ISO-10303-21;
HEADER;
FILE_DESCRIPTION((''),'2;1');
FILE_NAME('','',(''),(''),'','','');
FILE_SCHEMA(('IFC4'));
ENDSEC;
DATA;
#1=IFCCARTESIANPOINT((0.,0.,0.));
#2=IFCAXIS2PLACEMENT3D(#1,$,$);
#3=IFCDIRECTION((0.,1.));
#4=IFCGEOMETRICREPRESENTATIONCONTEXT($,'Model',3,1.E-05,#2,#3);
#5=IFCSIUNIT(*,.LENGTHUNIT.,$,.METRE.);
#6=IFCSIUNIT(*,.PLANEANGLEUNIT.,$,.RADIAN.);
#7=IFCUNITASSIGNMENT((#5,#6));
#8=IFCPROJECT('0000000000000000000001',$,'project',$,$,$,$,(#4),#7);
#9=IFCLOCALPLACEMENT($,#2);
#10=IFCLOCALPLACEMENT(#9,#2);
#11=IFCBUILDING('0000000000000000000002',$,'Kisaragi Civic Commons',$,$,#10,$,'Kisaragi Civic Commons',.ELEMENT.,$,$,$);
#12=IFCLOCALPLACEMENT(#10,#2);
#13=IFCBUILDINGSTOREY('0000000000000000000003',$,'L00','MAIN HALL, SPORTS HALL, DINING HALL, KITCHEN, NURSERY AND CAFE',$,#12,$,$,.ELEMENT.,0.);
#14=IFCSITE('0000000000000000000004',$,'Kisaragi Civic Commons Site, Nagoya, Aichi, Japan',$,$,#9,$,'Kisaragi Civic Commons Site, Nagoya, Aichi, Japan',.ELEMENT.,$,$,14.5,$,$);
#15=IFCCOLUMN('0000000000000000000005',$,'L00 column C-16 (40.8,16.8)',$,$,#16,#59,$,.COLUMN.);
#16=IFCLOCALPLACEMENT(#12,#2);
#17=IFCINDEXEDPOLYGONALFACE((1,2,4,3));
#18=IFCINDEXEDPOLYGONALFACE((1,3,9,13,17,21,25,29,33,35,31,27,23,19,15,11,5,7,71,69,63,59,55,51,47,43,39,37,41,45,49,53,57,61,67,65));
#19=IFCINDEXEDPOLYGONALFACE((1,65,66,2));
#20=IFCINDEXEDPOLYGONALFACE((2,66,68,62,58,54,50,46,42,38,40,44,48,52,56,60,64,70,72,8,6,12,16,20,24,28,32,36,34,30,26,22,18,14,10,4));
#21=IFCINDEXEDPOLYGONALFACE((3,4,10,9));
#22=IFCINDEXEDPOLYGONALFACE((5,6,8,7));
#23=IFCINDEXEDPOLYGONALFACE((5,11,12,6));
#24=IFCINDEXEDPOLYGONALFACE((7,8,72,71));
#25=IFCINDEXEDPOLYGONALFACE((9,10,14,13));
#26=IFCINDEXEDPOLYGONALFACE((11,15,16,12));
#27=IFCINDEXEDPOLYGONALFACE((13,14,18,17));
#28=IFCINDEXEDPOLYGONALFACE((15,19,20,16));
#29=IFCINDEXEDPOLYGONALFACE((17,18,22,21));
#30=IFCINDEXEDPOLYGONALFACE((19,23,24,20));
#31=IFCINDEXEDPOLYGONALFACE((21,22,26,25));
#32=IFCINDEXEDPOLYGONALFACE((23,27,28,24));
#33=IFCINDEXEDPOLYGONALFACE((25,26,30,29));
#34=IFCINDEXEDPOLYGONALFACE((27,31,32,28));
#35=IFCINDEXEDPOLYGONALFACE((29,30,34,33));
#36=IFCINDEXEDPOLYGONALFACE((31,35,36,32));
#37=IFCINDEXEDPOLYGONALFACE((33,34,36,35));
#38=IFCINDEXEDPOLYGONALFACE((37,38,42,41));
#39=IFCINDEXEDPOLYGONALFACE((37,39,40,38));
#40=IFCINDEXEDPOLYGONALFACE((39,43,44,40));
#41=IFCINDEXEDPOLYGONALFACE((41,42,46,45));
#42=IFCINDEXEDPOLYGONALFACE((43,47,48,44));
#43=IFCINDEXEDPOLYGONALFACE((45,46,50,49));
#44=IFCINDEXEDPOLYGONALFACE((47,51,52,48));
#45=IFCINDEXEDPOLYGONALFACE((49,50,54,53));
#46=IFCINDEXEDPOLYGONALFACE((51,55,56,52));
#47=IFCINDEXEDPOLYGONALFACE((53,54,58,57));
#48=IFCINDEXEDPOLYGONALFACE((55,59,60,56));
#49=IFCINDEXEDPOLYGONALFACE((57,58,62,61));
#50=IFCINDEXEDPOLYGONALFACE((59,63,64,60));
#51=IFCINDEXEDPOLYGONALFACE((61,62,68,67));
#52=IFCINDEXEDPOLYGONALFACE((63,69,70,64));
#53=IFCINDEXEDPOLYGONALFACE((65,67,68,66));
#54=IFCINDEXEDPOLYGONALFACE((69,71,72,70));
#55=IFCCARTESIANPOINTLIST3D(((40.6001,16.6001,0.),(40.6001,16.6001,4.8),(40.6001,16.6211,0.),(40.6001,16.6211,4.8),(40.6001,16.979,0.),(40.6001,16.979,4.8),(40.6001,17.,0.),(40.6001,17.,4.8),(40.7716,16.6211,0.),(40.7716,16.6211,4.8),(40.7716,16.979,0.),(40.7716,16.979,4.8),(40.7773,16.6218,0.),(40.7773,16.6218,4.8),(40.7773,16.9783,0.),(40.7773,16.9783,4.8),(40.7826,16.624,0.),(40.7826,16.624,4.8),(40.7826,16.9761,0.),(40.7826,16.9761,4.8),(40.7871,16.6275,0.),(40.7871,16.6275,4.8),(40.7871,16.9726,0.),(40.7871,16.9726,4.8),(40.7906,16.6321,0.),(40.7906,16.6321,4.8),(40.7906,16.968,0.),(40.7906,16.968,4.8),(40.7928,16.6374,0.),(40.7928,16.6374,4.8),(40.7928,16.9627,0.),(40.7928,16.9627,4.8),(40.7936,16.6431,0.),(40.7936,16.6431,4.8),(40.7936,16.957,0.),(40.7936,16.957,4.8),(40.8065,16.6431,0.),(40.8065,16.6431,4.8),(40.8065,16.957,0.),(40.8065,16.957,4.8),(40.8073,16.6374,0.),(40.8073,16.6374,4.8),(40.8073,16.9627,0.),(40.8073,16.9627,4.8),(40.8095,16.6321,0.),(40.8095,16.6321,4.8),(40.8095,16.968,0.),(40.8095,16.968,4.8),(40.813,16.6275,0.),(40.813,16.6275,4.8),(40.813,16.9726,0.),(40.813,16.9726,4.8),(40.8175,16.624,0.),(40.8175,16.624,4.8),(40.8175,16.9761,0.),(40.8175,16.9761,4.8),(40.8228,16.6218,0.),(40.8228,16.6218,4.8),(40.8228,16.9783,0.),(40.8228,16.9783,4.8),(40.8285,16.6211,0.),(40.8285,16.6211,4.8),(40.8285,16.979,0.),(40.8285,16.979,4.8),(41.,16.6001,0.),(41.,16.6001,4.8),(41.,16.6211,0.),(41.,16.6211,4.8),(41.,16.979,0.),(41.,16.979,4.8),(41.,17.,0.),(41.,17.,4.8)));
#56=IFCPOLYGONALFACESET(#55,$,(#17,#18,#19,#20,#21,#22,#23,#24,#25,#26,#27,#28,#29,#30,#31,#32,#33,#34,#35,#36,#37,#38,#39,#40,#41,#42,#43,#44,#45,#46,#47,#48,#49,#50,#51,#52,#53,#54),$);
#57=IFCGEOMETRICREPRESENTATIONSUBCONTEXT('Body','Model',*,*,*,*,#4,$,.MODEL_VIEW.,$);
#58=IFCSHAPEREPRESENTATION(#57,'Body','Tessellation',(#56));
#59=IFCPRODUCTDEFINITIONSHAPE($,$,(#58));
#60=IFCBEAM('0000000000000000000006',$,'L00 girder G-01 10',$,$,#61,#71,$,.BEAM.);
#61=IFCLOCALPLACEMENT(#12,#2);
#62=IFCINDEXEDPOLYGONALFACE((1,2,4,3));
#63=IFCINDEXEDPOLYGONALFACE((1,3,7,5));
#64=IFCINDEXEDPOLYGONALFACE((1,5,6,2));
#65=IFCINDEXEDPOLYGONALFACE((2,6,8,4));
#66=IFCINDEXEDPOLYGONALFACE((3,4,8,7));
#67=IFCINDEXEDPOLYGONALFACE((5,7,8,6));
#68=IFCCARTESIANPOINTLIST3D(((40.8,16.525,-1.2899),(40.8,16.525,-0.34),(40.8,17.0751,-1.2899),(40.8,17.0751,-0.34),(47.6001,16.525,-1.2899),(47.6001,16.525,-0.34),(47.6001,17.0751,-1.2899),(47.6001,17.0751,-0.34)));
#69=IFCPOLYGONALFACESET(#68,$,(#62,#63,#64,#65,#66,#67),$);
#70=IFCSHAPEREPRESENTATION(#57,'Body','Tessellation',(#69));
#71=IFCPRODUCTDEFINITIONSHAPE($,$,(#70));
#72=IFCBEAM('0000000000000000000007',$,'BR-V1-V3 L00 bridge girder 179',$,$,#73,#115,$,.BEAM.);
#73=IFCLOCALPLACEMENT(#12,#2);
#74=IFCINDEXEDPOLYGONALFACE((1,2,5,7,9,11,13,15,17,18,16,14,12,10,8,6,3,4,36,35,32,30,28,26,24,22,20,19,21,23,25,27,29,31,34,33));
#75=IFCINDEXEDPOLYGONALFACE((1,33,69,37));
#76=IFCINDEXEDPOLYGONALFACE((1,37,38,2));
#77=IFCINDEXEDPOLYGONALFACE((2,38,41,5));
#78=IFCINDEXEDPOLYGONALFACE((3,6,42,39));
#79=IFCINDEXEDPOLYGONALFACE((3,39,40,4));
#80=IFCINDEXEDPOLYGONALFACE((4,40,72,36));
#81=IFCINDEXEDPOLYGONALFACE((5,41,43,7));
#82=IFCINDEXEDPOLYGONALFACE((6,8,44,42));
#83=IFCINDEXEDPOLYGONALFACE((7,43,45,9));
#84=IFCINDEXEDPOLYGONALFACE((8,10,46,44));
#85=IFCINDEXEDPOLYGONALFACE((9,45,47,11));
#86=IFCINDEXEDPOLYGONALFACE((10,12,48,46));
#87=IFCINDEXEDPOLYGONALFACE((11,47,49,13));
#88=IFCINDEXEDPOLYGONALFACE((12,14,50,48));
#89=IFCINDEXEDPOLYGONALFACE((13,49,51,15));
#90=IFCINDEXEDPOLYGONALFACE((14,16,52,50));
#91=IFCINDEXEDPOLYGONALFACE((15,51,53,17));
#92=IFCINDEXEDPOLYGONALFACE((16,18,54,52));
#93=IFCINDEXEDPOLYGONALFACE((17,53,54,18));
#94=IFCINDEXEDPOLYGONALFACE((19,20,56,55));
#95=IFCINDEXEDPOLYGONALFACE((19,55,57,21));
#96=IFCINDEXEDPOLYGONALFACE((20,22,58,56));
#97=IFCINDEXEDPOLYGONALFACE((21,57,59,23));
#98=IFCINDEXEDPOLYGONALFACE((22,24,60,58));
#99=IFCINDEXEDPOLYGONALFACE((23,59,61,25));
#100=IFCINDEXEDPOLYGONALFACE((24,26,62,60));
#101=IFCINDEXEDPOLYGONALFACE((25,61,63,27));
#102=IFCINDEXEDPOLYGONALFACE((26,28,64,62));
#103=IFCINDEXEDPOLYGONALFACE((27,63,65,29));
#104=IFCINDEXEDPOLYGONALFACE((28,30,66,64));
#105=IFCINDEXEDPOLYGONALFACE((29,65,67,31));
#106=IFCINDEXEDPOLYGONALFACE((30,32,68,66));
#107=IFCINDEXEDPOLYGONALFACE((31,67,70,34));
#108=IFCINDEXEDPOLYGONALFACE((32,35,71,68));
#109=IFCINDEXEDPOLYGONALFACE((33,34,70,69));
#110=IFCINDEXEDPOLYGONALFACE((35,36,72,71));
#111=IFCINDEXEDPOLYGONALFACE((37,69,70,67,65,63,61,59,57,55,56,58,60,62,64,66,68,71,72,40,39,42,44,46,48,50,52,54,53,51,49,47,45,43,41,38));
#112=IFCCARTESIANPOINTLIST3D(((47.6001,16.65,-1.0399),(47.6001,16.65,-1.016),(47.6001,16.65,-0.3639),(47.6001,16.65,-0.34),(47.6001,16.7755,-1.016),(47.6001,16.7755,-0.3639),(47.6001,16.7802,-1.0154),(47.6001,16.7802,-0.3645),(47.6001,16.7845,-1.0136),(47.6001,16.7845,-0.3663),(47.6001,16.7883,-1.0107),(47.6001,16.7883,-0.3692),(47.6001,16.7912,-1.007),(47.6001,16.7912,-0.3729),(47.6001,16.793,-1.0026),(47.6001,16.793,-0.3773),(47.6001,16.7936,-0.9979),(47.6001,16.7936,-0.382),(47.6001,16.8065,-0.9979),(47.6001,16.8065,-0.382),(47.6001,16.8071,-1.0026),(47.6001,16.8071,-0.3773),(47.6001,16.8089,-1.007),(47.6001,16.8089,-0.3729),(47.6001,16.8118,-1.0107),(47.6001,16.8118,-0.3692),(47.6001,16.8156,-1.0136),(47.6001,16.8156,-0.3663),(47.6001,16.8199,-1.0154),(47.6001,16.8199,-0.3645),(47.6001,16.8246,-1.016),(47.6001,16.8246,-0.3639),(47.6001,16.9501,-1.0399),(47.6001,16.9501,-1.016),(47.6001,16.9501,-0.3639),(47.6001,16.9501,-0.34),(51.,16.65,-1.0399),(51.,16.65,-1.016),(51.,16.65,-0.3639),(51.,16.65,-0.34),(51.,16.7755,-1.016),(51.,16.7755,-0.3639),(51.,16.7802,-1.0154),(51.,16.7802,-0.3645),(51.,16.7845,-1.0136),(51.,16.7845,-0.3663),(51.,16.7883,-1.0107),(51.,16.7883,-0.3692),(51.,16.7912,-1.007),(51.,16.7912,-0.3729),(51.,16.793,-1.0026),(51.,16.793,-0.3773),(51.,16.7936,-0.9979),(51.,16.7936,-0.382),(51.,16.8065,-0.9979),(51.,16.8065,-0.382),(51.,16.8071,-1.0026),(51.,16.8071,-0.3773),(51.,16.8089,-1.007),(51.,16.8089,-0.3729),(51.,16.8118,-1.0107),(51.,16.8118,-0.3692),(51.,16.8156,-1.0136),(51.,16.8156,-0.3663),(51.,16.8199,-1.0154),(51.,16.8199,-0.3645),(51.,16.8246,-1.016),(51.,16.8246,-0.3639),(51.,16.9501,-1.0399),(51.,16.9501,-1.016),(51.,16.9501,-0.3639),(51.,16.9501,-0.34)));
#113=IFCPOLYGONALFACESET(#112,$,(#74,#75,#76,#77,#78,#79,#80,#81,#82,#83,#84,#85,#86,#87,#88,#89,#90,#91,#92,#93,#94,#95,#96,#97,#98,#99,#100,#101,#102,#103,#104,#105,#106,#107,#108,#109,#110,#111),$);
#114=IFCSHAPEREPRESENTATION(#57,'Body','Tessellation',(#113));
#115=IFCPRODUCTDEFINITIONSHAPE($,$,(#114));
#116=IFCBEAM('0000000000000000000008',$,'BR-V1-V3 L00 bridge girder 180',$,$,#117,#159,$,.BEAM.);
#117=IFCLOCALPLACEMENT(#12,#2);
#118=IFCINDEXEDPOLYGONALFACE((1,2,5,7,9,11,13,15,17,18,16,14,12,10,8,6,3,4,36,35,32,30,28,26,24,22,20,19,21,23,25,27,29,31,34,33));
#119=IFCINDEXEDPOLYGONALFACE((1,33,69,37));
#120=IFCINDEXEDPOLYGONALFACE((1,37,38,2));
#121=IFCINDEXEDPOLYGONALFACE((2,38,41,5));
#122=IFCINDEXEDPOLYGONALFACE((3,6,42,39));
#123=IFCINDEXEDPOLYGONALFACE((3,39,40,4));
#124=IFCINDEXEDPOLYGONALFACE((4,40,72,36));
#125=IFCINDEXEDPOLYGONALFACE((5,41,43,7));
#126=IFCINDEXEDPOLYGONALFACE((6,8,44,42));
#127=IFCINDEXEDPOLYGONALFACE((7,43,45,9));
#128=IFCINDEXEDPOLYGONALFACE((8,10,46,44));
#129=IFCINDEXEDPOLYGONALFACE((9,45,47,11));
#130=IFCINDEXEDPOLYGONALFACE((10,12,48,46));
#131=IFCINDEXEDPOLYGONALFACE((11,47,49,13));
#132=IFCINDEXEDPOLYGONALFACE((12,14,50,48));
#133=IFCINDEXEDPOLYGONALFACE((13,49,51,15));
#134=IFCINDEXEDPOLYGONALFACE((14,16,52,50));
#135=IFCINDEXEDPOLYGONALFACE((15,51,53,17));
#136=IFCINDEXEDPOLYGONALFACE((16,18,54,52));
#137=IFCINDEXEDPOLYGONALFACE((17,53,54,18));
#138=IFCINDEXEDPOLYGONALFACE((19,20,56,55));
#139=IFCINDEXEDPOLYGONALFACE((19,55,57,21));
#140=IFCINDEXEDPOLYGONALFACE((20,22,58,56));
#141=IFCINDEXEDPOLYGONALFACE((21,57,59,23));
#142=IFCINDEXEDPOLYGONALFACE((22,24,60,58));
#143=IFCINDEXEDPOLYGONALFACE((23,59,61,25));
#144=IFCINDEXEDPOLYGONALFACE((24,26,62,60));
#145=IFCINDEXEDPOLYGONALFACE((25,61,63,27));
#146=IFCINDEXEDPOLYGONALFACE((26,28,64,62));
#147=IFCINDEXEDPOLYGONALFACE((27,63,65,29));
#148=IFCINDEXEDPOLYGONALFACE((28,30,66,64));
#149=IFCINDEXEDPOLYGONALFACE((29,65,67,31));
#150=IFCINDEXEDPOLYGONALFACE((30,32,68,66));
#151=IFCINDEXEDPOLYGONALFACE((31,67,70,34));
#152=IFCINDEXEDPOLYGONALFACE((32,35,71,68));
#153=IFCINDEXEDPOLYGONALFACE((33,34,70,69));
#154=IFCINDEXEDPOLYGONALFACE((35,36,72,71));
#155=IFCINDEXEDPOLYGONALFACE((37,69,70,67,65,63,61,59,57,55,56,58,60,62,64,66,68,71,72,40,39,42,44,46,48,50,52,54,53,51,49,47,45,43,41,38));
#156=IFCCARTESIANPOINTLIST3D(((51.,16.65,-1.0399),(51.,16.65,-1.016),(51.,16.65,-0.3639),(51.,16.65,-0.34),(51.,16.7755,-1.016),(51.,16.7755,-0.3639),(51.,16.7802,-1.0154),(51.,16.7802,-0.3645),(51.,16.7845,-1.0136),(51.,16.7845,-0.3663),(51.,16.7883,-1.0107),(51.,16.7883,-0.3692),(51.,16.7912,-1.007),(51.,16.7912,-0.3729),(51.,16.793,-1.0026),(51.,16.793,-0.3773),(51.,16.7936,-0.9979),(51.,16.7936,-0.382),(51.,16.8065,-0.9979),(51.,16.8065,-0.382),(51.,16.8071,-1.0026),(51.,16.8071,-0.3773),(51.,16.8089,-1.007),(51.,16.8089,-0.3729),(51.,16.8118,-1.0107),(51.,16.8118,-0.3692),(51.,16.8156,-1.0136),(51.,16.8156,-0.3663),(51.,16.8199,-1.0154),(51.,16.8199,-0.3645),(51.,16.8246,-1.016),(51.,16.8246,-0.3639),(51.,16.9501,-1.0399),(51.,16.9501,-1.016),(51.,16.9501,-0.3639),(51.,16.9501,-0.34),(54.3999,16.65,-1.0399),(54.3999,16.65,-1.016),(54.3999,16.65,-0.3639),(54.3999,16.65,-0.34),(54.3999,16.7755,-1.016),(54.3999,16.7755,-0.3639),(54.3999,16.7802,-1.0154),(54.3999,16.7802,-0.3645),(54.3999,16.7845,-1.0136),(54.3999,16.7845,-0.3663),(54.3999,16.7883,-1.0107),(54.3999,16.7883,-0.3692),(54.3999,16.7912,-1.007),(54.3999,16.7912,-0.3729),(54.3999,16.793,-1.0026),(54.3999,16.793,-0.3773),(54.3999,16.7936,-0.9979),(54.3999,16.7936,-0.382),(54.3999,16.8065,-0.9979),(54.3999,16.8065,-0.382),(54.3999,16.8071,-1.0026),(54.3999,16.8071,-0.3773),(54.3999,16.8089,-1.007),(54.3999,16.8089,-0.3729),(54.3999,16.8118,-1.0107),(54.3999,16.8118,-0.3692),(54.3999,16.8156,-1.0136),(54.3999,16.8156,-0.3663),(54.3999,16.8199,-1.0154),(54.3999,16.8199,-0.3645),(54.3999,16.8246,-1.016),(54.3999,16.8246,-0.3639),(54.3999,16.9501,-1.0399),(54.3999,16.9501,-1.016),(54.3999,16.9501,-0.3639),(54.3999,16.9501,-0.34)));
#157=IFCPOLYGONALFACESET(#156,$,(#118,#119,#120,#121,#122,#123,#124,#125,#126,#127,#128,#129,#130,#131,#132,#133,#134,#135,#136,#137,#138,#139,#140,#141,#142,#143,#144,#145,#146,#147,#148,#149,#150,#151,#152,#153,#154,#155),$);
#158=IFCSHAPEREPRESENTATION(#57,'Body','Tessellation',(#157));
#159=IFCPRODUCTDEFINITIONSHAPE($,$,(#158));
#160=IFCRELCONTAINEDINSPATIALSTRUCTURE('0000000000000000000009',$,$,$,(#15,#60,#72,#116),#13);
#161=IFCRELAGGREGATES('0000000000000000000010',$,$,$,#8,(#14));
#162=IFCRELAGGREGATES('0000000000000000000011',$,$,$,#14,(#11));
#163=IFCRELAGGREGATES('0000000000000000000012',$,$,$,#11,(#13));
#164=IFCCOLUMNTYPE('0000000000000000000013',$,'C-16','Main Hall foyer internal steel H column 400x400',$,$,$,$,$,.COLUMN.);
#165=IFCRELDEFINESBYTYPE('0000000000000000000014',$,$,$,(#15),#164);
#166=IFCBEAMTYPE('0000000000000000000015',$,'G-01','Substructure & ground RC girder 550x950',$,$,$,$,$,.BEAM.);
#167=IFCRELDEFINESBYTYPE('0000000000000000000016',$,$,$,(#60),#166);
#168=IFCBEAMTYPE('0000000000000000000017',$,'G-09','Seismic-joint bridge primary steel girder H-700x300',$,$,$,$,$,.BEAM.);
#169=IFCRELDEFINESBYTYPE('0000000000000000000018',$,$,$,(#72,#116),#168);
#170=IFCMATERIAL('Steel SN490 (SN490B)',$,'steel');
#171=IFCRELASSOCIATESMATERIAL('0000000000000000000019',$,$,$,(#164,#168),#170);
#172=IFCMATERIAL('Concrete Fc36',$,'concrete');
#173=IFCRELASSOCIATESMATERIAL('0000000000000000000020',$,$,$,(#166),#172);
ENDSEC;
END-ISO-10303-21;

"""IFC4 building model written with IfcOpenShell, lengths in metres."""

from ifc_helpers import new_model, si_unit, direction, frame, origin, origin_2d, place, context, subcontext, project, spatial, rectangle, i_section, extrude, material, material_profile, profile_set, type_object, element, save


model = new_model("IFC4")

# Units and contexts
model_context = context("Model", 3, precision=1e-05, world=origin(), true_north=direction((0.0, 1.0)))
body_context = subcontext(model_context, "Body", "Model", "MODEL_VIEW")
ifc_project = project(units=[si_unit("LENGTHUNIT", "METRE"), si_unit("PLANEANGLEUNIT", "RADIAN")], contexts=[model_context])

# Site, building, storey
site_placement = place(None, origin())
site = spatial("IfcSite", under=ifc_project, at=site_placement, Name="Kisaragi Civic Commons Site, Nagoya, Aichi, Japan", LongName="Kisaragi Civic Commons Site, Nagoya, Aichi, Japan", CompositionType="ELEMENT", RefElevation=14.5)
building_placement = place(site_placement, origin())
building = spatial("IfcBuilding", under=site, at=building_placement, Name="Kisaragi Civic Commons", LongName="Kisaragi Civic Commons", CompositionType="ELEMENT")
storey_placement = place(building_placement, origin())
storey = spatial("IfcBuildingStorey", under=building, at=storey_placement, Name="L00", Description="MAIN HALL, SPORTS HALL, DINING HALL, KITCHEN, NURSERY AND CAFE", CompositionType="ELEMENT", Elevation=0.0)

# Column
ifc_material_1 = material(Name="Concrete Fc36", Category="concrete")
ifc_material_2 = material(Name="Steel SN490 (SN490B)", Category="steel")
ifc_material_profile_1 = material_profile(ifc_material_2, i_section(OverallWidth=0.3999, OverallDepth=0.3999, WebThickness=0.0129, FlangeThickness=0.021, FilletRadius=0.022, at=origin_2d()), Name="H-400x400x13x21", Category="steel")
ifc_profile_set_1 = profile_set([ifc_material_profile_1], Name="Steel SN490 (SN490B)")
column_type_1 = type_object("IfcColumnType", Name="C-16", Description="Main Hall foyer internal steel H column 400x400", PredefinedType="COLUMN", material=ifc_profile_set_1)
column_1_placement = place(storey_placement, frame((40.8, 16.8, 0.0), z_axis=(0.0, 0.0, 1.0), x_axis=(1.0, 0.0, 0.0)))
element("IfcColumn", 1, at=column_1_placement, inside=storey, type_object=column_type_1, Name="L00 column C-16 (40.8,16.8)", PredefinedType="COLUMN", context=body_context, shape_type="SweptSolid", body=[
    extrude(i_section(OverallWidth=0.3999, OverallDepth=0.3999, WebThickness=0.0129, FlangeThickness=0.021, FilletRadius=0.022, at=origin_2d()), origin(), (0.0, 0.0, 1.0), 4.8),
])

# Beams
ifc_material_profile_2 = material_profile(ifc_material_1, rectangle(XDim=0.55, YDim=0.95, at=origin_2d()), Name="RC-550x950", Category="concrete")
ifc_profile_set_2 = profile_set([ifc_material_profile_2], Name="Concrete Fc36")
beam_type_1 = type_object("IfcBeamType", Name="G-01", Description="Substructure & ground RC girder 550x950", PredefinedType="BEAM", material=ifc_profile_set_2)
beam_1_placement = place(storey_placement, frame((40.8, 16.8, -0.8149), z_axis=(1.0, 0.0, 0.0), x_axis=(0.0, 1.0, 0.0)))
element("IfcBeam", 2, at=beam_1_placement, inside=storey, type_object=beam_type_1, Name="L00 girder G-01 10", PredefinedType="BEAM", context=body_context, shape_type="SweptSolid", body=[
    extrude(rectangle(XDim=0.55, YDim=0.95, at=origin_2d()), origin(), (0.0, 0.0, 1.0), 6.8),
])
ifc_material_profile_3 = material_profile(ifc_material_2, i_section(OverallWidth=0.3, OverallDepth=0.7, WebThickness=0.0129, FlangeThickness=0.0239, FilletRadius=0.0181, at=origin_2d()), Name="H-700x300x13x24", Category="steel")
ifc_profile_set_3 = profile_set([ifc_material_profile_3], Name="Steel SN490 (SN490B)")
beam_type_2 = type_object("IfcBeamType", Name="G-09", Description="Seismic-joint bridge primary steel girder H-700x300", PredefinedType="BEAM", material=ifc_profile_set_3)
for number, where, z_axis, x_axis, name in (
    (3, (47.6001, 16.8, -0.6899), (1.0, 0.0, 0.0), (0.0, 1.0, 0.0), "BR-V1-V3 L00 bridge girder 179"),
    (4, (51.0, 16.8, -0.6899), (1.0, 0.0, 0.0), (0.0, 1.0, 0.0), "BR-V1-V3 L00 bridge girder 180"),
):
    element("IfcBeam", number, at=place(storey_placement, frame(where, z_axis=z_axis, x_axis=x_axis)), inside=storey, type_object=beam_type_2, Name=name, PredefinedType="BEAM", context=body_context, shape_type="SweptSolid", body=[
        extrude(i_section(OverallWidth=0.3, OverallDepth=0.7, WebThickness=0.0129, FlangeThickness=0.0239, FilletRadius=0.0181, at=origin_2d()), origin(), (0.0, 0.0, 1.0), 3.3999),
    ])

save(model, "model.ifc")
